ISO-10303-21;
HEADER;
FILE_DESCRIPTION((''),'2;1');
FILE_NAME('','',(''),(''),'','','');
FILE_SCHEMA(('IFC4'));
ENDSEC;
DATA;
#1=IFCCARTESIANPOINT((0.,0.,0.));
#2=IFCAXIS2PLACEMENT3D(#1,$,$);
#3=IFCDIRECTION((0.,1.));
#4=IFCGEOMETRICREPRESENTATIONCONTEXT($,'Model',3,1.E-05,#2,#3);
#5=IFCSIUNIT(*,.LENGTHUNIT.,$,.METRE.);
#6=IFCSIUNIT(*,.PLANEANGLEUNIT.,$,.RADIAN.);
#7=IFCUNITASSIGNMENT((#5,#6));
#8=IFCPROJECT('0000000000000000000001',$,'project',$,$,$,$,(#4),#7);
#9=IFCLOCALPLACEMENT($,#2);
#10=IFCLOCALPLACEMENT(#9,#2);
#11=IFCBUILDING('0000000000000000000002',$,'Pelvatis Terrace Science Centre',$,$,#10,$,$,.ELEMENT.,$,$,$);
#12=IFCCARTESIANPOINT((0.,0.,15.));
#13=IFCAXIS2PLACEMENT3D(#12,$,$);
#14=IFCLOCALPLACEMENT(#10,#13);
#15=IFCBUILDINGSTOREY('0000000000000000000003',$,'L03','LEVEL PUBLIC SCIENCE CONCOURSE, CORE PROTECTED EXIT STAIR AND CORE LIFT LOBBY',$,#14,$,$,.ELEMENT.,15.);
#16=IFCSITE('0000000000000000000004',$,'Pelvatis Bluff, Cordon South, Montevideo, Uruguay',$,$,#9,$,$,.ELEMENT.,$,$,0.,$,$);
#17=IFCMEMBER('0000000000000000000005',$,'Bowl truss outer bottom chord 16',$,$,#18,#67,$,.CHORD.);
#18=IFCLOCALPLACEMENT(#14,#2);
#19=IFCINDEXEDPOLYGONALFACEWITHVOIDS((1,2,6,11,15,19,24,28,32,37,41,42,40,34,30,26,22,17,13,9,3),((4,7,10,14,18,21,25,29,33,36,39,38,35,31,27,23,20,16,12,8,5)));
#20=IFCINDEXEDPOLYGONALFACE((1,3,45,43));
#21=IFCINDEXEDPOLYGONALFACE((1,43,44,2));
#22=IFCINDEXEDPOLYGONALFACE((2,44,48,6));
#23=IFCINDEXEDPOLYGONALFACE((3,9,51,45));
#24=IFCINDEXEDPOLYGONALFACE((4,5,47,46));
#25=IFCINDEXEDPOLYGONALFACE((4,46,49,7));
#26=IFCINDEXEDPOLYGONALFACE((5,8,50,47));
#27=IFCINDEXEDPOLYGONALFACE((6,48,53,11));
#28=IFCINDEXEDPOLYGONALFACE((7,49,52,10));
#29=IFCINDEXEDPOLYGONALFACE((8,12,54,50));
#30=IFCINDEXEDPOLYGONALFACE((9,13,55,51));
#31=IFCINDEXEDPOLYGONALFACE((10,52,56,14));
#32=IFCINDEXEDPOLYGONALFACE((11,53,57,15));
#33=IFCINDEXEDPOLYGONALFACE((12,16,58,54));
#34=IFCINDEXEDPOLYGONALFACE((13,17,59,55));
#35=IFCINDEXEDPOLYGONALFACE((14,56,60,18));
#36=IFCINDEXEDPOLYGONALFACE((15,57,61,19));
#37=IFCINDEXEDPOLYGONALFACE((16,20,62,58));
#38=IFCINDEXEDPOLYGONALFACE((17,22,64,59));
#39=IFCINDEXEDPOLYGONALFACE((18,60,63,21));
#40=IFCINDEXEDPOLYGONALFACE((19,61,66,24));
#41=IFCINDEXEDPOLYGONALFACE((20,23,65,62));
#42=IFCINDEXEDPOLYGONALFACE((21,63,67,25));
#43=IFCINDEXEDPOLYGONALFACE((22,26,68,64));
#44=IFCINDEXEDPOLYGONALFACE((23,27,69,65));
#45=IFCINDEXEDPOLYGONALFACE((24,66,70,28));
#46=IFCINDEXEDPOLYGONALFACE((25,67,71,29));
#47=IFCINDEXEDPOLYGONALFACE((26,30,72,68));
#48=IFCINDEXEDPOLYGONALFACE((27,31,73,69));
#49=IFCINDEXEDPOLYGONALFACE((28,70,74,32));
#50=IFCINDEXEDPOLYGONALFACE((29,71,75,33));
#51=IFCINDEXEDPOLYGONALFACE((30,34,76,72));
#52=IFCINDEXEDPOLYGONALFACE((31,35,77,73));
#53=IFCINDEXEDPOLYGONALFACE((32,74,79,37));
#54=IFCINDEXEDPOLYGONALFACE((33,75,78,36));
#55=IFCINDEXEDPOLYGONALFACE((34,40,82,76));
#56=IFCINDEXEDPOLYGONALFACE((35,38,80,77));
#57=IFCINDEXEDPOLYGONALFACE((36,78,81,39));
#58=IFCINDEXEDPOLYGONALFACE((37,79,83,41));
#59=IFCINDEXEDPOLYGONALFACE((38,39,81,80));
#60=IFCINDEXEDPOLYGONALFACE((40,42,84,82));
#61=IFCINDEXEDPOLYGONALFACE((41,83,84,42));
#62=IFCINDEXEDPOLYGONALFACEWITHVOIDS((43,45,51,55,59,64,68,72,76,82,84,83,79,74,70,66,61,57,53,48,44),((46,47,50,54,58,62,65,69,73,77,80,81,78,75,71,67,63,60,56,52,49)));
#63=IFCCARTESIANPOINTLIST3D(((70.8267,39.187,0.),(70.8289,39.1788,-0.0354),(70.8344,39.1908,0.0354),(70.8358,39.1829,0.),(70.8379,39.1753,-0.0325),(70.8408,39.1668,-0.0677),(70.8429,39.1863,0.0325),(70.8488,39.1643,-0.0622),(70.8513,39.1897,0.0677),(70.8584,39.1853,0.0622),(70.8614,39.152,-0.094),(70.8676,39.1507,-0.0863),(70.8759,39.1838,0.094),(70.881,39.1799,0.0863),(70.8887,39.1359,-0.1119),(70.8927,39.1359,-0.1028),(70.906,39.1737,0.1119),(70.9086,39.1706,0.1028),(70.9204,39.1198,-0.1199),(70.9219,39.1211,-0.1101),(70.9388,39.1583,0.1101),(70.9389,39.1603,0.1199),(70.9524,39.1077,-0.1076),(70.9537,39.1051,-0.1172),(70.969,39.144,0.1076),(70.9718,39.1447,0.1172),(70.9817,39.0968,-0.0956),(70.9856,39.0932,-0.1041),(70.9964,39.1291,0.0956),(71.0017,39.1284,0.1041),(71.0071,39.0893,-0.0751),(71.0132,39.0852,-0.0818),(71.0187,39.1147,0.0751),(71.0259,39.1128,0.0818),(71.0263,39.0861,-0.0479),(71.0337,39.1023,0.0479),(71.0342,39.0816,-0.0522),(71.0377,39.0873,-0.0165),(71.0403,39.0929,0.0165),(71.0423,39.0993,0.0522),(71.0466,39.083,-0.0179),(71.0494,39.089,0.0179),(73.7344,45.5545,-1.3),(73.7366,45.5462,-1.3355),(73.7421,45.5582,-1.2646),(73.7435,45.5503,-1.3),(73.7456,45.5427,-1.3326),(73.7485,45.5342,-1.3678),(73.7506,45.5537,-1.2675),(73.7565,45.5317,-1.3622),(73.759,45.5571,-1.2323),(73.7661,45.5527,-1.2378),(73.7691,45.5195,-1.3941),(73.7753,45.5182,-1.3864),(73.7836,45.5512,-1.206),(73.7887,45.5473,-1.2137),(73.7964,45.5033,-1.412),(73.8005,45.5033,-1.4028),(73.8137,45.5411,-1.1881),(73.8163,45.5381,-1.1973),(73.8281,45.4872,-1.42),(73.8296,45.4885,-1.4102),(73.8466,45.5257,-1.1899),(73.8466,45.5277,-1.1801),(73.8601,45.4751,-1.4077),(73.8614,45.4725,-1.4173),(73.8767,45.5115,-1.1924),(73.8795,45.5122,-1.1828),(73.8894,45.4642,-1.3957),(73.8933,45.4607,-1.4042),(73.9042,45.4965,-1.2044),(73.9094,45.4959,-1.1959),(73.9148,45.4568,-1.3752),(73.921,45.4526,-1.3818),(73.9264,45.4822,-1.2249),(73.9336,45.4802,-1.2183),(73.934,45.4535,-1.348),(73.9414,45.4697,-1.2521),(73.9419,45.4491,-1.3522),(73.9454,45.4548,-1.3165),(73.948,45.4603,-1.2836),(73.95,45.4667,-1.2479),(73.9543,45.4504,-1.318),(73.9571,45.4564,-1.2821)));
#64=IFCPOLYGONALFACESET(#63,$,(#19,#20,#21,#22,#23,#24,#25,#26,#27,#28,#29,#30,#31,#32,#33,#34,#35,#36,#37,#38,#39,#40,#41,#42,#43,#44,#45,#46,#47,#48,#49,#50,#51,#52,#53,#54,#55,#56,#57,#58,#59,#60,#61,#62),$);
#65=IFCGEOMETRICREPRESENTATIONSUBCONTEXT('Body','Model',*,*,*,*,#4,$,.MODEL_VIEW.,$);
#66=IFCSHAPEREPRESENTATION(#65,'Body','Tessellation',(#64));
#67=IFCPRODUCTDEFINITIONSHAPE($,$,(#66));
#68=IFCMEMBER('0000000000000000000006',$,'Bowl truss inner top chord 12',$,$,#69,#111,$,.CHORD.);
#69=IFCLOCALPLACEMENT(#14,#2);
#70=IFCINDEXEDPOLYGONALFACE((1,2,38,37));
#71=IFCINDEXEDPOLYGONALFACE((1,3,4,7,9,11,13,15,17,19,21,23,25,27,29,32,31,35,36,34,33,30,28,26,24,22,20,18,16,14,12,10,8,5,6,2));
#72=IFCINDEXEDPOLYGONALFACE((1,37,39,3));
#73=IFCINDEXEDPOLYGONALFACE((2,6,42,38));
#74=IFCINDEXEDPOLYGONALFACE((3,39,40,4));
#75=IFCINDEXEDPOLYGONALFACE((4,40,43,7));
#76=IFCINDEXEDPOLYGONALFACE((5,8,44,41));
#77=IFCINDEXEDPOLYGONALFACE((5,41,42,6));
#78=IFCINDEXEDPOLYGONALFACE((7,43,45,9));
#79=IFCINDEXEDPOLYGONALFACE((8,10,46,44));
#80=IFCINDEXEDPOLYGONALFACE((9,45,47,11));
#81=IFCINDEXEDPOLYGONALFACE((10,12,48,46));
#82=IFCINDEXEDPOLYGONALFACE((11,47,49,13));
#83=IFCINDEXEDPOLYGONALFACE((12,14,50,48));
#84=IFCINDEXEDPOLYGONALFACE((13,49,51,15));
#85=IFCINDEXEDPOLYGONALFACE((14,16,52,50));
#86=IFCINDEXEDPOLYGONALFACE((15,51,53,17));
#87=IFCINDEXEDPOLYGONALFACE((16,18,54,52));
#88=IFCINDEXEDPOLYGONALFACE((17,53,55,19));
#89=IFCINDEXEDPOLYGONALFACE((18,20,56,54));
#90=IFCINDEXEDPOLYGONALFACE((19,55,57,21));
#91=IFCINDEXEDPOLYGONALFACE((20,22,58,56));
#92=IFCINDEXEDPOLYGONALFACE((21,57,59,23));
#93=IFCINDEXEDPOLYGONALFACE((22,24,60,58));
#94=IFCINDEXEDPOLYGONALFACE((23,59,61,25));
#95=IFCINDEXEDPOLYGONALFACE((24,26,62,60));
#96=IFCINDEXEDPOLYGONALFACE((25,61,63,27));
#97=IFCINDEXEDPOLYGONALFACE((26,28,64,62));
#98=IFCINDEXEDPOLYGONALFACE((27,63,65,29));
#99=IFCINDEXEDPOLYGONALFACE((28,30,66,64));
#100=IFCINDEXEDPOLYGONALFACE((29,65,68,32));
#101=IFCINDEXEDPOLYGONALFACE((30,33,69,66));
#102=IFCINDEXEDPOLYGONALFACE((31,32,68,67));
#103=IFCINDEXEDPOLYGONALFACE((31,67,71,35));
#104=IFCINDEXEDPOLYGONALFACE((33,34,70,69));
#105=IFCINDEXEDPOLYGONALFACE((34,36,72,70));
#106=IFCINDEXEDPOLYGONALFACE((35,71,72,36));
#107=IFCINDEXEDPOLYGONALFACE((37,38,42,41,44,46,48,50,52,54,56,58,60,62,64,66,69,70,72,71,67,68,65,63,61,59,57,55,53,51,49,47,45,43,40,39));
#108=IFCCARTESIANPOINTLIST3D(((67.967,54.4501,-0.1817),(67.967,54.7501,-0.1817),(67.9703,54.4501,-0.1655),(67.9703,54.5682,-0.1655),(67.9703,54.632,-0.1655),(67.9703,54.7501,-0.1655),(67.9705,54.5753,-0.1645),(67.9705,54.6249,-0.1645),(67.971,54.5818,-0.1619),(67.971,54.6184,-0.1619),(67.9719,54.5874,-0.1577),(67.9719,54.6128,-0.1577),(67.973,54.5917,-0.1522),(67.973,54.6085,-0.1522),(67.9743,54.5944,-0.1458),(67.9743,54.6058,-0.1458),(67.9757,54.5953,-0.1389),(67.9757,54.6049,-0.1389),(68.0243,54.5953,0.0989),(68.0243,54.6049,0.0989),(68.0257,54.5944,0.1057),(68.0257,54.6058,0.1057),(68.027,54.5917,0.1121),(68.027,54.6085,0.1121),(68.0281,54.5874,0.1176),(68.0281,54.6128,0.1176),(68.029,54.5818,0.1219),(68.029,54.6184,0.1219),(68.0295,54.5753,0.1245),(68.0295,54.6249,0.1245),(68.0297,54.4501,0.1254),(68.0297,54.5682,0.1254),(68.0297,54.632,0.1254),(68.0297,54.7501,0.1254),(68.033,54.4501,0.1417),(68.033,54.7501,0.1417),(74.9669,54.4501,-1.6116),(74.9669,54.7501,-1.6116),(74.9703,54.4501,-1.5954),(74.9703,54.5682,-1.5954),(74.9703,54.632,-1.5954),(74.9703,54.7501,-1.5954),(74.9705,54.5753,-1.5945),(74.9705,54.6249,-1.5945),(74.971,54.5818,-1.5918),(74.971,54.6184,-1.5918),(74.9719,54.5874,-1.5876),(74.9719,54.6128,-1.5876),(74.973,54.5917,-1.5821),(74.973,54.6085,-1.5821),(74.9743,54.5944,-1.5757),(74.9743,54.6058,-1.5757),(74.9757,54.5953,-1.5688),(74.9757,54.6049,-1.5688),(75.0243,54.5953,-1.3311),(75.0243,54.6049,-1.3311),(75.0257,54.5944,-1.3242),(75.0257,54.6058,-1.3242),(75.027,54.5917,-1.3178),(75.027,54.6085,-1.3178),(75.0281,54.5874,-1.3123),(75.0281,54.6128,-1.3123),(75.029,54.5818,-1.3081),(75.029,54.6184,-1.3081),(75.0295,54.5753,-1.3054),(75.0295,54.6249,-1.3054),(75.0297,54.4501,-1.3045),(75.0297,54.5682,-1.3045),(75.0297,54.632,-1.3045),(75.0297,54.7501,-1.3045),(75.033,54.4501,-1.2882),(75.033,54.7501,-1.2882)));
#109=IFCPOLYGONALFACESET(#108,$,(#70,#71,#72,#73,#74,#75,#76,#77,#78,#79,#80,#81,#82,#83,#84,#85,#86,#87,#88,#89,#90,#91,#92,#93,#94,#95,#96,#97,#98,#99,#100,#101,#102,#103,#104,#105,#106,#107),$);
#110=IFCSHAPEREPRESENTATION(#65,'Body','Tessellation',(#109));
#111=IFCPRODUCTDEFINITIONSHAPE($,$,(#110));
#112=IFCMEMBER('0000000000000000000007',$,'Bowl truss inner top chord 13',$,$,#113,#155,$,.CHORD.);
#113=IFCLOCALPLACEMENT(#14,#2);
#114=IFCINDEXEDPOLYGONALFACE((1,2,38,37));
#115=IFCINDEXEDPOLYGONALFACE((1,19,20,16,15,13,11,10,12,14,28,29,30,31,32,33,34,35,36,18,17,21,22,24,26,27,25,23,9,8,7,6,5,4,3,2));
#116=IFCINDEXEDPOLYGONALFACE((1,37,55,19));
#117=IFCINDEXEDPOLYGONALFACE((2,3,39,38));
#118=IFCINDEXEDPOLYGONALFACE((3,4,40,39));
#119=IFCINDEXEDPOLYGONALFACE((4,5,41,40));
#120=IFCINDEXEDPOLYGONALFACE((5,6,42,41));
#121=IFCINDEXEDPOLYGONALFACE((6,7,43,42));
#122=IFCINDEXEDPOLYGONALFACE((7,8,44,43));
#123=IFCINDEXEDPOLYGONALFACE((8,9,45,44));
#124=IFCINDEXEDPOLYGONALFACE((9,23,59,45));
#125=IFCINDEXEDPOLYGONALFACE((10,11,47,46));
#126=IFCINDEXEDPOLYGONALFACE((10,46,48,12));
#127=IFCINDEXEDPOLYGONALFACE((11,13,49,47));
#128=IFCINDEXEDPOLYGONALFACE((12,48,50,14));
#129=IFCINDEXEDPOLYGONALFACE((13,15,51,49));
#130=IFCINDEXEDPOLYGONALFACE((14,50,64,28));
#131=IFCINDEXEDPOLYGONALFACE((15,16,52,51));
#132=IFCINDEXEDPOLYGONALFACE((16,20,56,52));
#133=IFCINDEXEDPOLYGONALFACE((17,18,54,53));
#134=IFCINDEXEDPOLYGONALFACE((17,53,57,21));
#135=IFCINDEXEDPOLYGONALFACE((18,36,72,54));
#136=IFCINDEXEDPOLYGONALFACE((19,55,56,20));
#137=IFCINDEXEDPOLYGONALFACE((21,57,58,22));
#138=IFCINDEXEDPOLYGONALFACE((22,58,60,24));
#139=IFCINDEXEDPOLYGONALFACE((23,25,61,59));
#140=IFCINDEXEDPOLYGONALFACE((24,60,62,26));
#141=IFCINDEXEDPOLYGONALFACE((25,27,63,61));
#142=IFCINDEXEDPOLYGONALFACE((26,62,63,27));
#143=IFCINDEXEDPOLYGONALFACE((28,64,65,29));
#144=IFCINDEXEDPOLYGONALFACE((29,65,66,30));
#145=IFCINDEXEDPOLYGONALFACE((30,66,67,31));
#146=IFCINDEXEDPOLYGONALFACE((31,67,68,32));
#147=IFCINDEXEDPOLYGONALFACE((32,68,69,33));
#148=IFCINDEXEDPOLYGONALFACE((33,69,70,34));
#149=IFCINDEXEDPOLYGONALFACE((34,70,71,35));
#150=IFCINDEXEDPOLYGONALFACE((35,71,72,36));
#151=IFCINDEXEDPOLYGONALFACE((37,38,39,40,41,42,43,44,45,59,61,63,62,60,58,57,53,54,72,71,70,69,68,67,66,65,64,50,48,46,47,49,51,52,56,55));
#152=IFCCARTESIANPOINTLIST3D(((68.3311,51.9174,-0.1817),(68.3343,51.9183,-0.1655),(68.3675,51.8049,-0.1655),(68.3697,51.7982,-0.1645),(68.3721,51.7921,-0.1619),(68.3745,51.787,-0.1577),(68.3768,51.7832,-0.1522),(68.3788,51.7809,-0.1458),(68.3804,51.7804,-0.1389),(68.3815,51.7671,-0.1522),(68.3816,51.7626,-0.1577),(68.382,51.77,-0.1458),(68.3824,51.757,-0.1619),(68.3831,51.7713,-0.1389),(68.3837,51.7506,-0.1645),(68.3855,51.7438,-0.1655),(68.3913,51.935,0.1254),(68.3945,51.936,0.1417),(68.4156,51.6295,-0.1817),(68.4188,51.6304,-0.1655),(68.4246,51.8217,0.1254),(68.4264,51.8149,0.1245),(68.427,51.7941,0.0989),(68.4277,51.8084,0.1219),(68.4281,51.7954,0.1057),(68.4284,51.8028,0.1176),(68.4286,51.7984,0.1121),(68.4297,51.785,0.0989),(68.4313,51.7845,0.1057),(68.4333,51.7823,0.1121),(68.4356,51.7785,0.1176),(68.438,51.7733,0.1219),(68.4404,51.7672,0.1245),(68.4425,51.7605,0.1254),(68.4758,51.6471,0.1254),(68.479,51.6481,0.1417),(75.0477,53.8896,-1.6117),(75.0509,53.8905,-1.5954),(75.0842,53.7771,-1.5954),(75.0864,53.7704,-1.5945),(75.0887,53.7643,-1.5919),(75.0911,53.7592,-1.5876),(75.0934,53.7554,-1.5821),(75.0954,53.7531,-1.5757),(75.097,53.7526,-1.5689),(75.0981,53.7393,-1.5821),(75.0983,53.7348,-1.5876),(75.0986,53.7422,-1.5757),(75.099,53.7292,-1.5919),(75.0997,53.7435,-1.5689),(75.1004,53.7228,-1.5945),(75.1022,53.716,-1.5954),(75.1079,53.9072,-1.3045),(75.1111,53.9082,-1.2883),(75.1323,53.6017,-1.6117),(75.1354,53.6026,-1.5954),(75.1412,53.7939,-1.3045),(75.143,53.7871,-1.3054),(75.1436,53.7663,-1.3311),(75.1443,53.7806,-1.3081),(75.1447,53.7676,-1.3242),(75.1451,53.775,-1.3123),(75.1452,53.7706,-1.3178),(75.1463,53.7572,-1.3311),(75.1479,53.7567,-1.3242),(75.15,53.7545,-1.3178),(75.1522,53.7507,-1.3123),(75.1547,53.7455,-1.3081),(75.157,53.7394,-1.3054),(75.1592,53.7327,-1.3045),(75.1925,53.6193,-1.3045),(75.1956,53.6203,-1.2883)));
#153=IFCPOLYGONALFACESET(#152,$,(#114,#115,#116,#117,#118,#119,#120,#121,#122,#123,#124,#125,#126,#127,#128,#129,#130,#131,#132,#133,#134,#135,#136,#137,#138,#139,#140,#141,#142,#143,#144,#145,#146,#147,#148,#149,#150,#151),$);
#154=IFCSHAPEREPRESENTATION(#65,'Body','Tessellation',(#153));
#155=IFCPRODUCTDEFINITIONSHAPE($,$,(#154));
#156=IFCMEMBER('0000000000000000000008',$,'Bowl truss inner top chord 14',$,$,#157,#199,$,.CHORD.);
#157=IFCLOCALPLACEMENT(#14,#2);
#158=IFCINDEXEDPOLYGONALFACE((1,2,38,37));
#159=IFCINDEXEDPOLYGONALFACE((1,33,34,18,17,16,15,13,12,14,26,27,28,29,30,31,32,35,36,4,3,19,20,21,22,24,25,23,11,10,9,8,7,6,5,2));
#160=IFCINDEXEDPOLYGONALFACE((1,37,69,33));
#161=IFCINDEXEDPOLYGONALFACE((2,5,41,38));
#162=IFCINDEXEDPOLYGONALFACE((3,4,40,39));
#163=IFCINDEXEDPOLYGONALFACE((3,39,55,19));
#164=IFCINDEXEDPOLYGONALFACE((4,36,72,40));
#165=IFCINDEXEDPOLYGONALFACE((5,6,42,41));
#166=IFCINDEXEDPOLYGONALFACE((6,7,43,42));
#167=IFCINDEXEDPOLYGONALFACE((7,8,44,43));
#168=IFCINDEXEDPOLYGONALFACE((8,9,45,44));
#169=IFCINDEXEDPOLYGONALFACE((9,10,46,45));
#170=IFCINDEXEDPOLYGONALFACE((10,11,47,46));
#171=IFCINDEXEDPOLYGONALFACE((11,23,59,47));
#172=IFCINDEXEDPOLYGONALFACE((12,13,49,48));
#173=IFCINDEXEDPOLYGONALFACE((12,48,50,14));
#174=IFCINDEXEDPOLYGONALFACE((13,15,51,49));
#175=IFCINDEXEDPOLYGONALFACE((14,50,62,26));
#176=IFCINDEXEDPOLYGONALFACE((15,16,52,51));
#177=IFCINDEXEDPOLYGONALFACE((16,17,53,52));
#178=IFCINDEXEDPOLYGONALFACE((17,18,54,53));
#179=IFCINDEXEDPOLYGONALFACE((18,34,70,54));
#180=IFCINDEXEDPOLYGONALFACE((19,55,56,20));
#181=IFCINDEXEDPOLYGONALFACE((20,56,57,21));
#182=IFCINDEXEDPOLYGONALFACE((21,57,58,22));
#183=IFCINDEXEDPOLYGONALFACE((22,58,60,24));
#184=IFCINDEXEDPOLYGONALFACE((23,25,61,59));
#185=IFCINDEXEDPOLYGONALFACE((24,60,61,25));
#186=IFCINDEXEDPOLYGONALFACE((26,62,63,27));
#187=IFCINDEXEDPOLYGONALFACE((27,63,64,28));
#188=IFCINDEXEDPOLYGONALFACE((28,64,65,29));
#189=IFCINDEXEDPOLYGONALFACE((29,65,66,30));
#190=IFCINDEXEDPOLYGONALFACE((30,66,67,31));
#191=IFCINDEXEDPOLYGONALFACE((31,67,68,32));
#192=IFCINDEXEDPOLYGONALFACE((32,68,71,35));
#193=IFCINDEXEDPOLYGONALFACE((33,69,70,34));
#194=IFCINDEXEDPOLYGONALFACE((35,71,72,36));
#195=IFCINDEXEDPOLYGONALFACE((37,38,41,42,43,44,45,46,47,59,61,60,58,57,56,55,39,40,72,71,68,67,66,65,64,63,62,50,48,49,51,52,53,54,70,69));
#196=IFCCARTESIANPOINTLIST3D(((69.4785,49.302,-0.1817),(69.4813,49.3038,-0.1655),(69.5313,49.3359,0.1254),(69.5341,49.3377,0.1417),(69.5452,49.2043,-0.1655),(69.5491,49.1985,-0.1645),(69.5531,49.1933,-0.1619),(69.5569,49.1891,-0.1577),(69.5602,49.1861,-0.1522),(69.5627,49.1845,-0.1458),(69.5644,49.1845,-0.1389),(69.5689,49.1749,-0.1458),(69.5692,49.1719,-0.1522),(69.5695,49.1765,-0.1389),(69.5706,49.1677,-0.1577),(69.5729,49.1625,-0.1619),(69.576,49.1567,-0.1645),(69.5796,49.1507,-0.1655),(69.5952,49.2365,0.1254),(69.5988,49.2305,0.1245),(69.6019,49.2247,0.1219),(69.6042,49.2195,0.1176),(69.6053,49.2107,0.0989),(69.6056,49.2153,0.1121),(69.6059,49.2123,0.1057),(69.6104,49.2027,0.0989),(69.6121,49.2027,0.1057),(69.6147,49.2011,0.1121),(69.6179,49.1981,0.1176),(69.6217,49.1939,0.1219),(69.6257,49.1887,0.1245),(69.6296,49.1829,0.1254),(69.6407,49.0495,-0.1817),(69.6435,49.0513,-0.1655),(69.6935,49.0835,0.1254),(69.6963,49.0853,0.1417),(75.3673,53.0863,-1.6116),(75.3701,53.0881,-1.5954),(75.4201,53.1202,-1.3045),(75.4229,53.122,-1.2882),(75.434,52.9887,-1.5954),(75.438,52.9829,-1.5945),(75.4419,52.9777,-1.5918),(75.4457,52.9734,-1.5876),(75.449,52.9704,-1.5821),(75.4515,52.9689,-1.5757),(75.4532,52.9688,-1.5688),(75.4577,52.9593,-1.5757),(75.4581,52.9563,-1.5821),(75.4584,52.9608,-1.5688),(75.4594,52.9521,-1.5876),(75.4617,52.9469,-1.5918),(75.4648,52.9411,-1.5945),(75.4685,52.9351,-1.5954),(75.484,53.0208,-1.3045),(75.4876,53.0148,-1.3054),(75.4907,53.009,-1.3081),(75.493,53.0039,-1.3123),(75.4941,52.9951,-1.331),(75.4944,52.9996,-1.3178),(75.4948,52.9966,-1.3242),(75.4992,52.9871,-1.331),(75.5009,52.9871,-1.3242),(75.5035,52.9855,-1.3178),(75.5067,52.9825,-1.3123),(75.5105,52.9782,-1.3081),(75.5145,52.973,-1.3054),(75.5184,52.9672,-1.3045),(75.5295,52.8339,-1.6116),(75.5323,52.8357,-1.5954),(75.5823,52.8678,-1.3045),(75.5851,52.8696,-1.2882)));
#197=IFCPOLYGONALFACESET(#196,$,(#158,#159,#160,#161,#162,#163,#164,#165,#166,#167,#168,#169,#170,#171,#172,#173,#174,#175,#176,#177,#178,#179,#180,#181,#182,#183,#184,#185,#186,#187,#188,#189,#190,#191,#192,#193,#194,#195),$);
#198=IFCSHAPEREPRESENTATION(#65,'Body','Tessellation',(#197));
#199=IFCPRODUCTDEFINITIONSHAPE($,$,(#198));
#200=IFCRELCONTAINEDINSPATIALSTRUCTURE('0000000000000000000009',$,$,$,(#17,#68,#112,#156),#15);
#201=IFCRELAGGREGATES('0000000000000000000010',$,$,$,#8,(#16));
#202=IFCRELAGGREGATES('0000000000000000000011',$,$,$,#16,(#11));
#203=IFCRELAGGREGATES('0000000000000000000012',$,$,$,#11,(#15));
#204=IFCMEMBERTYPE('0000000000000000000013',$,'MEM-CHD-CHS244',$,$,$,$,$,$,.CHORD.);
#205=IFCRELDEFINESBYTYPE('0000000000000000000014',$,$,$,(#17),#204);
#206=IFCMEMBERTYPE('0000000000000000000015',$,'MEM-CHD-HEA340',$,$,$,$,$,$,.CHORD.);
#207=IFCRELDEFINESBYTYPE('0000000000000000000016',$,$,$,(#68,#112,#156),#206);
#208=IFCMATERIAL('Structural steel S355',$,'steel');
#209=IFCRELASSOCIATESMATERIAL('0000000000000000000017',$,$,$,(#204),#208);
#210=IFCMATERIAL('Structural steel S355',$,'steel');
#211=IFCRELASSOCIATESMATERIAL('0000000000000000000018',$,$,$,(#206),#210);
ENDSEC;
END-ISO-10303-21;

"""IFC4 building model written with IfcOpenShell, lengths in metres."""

from ifc_helpers import new_model, si_unit, direction, frame, origin, origin_2d, place, context, subcontext, project, spatial, hollow_circle, i_section, extrude, material, material_profile, profile_set, type_object, element, save


model = new_model("IFC4")

# Units and contexts
model_context = context("Model", 3, precision=1e-05, world=origin(), true_north=direction((0.0, 1.0)))
body_context = subcontext(model_context, "Body", "Model", "MODEL_VIEW")
ifc_project = project(units=[si_unit("LENGTHUNIT", "METRE"), si_unit("PLANEANGLEUNIT", "RADIAN")], contexts=[model_context])

# Site, building, storey
site_placement = place(None, origin())
site = spatial("IfcSite", under=ifc_project, at=site_placement, Name="Pelvatis Bluff, Cordon South, Montevideo, Uruguay", CompositionType="ELEMENT", RefElevation=0.0)
building_placement = place(site_placement, origin())
building = spatial("IfcBuilding", under=site, at=building_placement, Name="Pelvatis Terrace Science Centre", CompositionType="ELEMENT")
storey_placement = place(building_placement, frame((0.0, 0.0, 15.0)))
storey = spatial("IfcBuildingStorey", under=building, at=storey_placement, Name="L03", Description="LEVEL PUBLIC SCIENCE CONCOURSE, CORE PROTECTED EXIT STAIR AND CORE LIFT LOBBY", CompositionType="ELEMENT", Elevation=15.0)

# Members
ifc_material_1 = material(Name="Structural steel S355", Category="steel")
ifc_material_profile_1 = material_profile(ifc_material_1, hollow_circle(Radius=0.1223, WallThickness=0.01, at=origin_2d()), Name="CHS 244.5x10.0")
ifc_profile_set_1 = profile_set([ifc_material_profile_1], Name="Structural steel S355")
member_type_1 = type_object("IfcMemberType", Name="MEM-CHD-CHS244", PredefinedType="CHORD", material=ifc_profile_set_1)
for number, where, z_axis, x_axis, name in (
    (1, (70.938, 39.1362, 0.0), (0.408408, 0.894349, -0.182601), (-0.909642, 0.415392, 0.0), "Bowl truss outer bottom chord 16"),
):
    element("IfcMember", number, at=place(storey_placement, frame(where, z_axis=z_axis, x_axis=x_axis)), inside=storey, type_object=member_type_1, Name=name, PredefinedType="CHORD", context=body_context, shape_type="SweptSolid", body=[
        extrude(hollow_circle(Radius=0.1223, WallThickness=0.01, at=origin_2d()), origin(), (0.0, 0.0, 1.0), 7.1196),
    ])
ifc_material_2 = material(Name="Structural steel S355", Category="steel")
ifc_material_profile_2 = material_profile(ifc_material_2, i_section(OverallWidth=0.3, OverallDepth=0.3301, WebThickness=0.0095, FlangeThickness=0.0166, FilletRadius=0.0271, at=origin_2d()), Name="HEA 340")
ifc_profile_set_2 = profile_set([ifc_material_profile_2], Name="Structural steel S355")
member_type_2 = type_object("IfcMemberType", Name="MEM-CHD-HEA340", PredefinedType="CHORD", material=ifc_profile_set_2)
member_1_placement = place(storey_placement, frame((68.0, 54.6001, -0.02), z_axis=(0.979767, 0.0, -0.200143), x_axis=(0.0, 1.0, 0.0)))
element("IfcMember", 2, at=member_1_placement, inside=storey, type_object=member_type_2, Name="Bowl truss inner top chord 12", PredefinedType="CHORD", context=body_context, shape_type="SweptSolid", body=[
    extrude(i_section(OverallWidth=0.3, OverallDepth=0.3301, WebThickness=0.0095, FlangeThickness=0.0166, FilletRadius=0.0271, at=origin_2d()), origin(), (0.0, 0.0, 1.0), 7.1445),
])
member_2_placement = place(storey_placement, frame((68.405, 51.7827, -0.02), z_axis=(0.94008, 0.276034, -0.20014), x_axis=(-0.281734, 0.959493, 0.0)))
element("IfcMember", 3, at=member_2_placement, inside=storey, type_object=member_type_2, Name="Bowl truss inner top chord 13", PredefinedType="CHORD", context=body_context, shape_type="SweptSolid", body=[
    extrude(i_section(OverallWidth=0.3, OverallDepth=0.3301, WebThickness=0.0095, FlangeThickness=0.0166, FilletRadius=0.0271, at=origin_2d()), origin(), (0.0, 0.0, 1.0), 7.1448),
])
member_3_placement = place(storey_placement, frame((69.5874, 49.1936, -0.02), z_axis=(0.824242, 0.529687, -0.20014), x_axis=(-0.540625, 0.841263, 0.0)))
element("IfcMember", 4, at=member_3_placement, inside=storey, type_object=member_type_2, Name="Bowl truss inner top chord 14", PredefinedType="CHORD", context=body_context, shape_type="SweptSolid", body=[
    extrude(i_section(OverallWidth=0.3, OverallDepth=0.3301, WebThickness=0.0095, FlangeThickness=0.0166, FilletRadius=0.0271, at=origin_2d()), origin(), (0.0, 0.0, 1.0), 7.1445),
])

save(model, "model.ifc")
